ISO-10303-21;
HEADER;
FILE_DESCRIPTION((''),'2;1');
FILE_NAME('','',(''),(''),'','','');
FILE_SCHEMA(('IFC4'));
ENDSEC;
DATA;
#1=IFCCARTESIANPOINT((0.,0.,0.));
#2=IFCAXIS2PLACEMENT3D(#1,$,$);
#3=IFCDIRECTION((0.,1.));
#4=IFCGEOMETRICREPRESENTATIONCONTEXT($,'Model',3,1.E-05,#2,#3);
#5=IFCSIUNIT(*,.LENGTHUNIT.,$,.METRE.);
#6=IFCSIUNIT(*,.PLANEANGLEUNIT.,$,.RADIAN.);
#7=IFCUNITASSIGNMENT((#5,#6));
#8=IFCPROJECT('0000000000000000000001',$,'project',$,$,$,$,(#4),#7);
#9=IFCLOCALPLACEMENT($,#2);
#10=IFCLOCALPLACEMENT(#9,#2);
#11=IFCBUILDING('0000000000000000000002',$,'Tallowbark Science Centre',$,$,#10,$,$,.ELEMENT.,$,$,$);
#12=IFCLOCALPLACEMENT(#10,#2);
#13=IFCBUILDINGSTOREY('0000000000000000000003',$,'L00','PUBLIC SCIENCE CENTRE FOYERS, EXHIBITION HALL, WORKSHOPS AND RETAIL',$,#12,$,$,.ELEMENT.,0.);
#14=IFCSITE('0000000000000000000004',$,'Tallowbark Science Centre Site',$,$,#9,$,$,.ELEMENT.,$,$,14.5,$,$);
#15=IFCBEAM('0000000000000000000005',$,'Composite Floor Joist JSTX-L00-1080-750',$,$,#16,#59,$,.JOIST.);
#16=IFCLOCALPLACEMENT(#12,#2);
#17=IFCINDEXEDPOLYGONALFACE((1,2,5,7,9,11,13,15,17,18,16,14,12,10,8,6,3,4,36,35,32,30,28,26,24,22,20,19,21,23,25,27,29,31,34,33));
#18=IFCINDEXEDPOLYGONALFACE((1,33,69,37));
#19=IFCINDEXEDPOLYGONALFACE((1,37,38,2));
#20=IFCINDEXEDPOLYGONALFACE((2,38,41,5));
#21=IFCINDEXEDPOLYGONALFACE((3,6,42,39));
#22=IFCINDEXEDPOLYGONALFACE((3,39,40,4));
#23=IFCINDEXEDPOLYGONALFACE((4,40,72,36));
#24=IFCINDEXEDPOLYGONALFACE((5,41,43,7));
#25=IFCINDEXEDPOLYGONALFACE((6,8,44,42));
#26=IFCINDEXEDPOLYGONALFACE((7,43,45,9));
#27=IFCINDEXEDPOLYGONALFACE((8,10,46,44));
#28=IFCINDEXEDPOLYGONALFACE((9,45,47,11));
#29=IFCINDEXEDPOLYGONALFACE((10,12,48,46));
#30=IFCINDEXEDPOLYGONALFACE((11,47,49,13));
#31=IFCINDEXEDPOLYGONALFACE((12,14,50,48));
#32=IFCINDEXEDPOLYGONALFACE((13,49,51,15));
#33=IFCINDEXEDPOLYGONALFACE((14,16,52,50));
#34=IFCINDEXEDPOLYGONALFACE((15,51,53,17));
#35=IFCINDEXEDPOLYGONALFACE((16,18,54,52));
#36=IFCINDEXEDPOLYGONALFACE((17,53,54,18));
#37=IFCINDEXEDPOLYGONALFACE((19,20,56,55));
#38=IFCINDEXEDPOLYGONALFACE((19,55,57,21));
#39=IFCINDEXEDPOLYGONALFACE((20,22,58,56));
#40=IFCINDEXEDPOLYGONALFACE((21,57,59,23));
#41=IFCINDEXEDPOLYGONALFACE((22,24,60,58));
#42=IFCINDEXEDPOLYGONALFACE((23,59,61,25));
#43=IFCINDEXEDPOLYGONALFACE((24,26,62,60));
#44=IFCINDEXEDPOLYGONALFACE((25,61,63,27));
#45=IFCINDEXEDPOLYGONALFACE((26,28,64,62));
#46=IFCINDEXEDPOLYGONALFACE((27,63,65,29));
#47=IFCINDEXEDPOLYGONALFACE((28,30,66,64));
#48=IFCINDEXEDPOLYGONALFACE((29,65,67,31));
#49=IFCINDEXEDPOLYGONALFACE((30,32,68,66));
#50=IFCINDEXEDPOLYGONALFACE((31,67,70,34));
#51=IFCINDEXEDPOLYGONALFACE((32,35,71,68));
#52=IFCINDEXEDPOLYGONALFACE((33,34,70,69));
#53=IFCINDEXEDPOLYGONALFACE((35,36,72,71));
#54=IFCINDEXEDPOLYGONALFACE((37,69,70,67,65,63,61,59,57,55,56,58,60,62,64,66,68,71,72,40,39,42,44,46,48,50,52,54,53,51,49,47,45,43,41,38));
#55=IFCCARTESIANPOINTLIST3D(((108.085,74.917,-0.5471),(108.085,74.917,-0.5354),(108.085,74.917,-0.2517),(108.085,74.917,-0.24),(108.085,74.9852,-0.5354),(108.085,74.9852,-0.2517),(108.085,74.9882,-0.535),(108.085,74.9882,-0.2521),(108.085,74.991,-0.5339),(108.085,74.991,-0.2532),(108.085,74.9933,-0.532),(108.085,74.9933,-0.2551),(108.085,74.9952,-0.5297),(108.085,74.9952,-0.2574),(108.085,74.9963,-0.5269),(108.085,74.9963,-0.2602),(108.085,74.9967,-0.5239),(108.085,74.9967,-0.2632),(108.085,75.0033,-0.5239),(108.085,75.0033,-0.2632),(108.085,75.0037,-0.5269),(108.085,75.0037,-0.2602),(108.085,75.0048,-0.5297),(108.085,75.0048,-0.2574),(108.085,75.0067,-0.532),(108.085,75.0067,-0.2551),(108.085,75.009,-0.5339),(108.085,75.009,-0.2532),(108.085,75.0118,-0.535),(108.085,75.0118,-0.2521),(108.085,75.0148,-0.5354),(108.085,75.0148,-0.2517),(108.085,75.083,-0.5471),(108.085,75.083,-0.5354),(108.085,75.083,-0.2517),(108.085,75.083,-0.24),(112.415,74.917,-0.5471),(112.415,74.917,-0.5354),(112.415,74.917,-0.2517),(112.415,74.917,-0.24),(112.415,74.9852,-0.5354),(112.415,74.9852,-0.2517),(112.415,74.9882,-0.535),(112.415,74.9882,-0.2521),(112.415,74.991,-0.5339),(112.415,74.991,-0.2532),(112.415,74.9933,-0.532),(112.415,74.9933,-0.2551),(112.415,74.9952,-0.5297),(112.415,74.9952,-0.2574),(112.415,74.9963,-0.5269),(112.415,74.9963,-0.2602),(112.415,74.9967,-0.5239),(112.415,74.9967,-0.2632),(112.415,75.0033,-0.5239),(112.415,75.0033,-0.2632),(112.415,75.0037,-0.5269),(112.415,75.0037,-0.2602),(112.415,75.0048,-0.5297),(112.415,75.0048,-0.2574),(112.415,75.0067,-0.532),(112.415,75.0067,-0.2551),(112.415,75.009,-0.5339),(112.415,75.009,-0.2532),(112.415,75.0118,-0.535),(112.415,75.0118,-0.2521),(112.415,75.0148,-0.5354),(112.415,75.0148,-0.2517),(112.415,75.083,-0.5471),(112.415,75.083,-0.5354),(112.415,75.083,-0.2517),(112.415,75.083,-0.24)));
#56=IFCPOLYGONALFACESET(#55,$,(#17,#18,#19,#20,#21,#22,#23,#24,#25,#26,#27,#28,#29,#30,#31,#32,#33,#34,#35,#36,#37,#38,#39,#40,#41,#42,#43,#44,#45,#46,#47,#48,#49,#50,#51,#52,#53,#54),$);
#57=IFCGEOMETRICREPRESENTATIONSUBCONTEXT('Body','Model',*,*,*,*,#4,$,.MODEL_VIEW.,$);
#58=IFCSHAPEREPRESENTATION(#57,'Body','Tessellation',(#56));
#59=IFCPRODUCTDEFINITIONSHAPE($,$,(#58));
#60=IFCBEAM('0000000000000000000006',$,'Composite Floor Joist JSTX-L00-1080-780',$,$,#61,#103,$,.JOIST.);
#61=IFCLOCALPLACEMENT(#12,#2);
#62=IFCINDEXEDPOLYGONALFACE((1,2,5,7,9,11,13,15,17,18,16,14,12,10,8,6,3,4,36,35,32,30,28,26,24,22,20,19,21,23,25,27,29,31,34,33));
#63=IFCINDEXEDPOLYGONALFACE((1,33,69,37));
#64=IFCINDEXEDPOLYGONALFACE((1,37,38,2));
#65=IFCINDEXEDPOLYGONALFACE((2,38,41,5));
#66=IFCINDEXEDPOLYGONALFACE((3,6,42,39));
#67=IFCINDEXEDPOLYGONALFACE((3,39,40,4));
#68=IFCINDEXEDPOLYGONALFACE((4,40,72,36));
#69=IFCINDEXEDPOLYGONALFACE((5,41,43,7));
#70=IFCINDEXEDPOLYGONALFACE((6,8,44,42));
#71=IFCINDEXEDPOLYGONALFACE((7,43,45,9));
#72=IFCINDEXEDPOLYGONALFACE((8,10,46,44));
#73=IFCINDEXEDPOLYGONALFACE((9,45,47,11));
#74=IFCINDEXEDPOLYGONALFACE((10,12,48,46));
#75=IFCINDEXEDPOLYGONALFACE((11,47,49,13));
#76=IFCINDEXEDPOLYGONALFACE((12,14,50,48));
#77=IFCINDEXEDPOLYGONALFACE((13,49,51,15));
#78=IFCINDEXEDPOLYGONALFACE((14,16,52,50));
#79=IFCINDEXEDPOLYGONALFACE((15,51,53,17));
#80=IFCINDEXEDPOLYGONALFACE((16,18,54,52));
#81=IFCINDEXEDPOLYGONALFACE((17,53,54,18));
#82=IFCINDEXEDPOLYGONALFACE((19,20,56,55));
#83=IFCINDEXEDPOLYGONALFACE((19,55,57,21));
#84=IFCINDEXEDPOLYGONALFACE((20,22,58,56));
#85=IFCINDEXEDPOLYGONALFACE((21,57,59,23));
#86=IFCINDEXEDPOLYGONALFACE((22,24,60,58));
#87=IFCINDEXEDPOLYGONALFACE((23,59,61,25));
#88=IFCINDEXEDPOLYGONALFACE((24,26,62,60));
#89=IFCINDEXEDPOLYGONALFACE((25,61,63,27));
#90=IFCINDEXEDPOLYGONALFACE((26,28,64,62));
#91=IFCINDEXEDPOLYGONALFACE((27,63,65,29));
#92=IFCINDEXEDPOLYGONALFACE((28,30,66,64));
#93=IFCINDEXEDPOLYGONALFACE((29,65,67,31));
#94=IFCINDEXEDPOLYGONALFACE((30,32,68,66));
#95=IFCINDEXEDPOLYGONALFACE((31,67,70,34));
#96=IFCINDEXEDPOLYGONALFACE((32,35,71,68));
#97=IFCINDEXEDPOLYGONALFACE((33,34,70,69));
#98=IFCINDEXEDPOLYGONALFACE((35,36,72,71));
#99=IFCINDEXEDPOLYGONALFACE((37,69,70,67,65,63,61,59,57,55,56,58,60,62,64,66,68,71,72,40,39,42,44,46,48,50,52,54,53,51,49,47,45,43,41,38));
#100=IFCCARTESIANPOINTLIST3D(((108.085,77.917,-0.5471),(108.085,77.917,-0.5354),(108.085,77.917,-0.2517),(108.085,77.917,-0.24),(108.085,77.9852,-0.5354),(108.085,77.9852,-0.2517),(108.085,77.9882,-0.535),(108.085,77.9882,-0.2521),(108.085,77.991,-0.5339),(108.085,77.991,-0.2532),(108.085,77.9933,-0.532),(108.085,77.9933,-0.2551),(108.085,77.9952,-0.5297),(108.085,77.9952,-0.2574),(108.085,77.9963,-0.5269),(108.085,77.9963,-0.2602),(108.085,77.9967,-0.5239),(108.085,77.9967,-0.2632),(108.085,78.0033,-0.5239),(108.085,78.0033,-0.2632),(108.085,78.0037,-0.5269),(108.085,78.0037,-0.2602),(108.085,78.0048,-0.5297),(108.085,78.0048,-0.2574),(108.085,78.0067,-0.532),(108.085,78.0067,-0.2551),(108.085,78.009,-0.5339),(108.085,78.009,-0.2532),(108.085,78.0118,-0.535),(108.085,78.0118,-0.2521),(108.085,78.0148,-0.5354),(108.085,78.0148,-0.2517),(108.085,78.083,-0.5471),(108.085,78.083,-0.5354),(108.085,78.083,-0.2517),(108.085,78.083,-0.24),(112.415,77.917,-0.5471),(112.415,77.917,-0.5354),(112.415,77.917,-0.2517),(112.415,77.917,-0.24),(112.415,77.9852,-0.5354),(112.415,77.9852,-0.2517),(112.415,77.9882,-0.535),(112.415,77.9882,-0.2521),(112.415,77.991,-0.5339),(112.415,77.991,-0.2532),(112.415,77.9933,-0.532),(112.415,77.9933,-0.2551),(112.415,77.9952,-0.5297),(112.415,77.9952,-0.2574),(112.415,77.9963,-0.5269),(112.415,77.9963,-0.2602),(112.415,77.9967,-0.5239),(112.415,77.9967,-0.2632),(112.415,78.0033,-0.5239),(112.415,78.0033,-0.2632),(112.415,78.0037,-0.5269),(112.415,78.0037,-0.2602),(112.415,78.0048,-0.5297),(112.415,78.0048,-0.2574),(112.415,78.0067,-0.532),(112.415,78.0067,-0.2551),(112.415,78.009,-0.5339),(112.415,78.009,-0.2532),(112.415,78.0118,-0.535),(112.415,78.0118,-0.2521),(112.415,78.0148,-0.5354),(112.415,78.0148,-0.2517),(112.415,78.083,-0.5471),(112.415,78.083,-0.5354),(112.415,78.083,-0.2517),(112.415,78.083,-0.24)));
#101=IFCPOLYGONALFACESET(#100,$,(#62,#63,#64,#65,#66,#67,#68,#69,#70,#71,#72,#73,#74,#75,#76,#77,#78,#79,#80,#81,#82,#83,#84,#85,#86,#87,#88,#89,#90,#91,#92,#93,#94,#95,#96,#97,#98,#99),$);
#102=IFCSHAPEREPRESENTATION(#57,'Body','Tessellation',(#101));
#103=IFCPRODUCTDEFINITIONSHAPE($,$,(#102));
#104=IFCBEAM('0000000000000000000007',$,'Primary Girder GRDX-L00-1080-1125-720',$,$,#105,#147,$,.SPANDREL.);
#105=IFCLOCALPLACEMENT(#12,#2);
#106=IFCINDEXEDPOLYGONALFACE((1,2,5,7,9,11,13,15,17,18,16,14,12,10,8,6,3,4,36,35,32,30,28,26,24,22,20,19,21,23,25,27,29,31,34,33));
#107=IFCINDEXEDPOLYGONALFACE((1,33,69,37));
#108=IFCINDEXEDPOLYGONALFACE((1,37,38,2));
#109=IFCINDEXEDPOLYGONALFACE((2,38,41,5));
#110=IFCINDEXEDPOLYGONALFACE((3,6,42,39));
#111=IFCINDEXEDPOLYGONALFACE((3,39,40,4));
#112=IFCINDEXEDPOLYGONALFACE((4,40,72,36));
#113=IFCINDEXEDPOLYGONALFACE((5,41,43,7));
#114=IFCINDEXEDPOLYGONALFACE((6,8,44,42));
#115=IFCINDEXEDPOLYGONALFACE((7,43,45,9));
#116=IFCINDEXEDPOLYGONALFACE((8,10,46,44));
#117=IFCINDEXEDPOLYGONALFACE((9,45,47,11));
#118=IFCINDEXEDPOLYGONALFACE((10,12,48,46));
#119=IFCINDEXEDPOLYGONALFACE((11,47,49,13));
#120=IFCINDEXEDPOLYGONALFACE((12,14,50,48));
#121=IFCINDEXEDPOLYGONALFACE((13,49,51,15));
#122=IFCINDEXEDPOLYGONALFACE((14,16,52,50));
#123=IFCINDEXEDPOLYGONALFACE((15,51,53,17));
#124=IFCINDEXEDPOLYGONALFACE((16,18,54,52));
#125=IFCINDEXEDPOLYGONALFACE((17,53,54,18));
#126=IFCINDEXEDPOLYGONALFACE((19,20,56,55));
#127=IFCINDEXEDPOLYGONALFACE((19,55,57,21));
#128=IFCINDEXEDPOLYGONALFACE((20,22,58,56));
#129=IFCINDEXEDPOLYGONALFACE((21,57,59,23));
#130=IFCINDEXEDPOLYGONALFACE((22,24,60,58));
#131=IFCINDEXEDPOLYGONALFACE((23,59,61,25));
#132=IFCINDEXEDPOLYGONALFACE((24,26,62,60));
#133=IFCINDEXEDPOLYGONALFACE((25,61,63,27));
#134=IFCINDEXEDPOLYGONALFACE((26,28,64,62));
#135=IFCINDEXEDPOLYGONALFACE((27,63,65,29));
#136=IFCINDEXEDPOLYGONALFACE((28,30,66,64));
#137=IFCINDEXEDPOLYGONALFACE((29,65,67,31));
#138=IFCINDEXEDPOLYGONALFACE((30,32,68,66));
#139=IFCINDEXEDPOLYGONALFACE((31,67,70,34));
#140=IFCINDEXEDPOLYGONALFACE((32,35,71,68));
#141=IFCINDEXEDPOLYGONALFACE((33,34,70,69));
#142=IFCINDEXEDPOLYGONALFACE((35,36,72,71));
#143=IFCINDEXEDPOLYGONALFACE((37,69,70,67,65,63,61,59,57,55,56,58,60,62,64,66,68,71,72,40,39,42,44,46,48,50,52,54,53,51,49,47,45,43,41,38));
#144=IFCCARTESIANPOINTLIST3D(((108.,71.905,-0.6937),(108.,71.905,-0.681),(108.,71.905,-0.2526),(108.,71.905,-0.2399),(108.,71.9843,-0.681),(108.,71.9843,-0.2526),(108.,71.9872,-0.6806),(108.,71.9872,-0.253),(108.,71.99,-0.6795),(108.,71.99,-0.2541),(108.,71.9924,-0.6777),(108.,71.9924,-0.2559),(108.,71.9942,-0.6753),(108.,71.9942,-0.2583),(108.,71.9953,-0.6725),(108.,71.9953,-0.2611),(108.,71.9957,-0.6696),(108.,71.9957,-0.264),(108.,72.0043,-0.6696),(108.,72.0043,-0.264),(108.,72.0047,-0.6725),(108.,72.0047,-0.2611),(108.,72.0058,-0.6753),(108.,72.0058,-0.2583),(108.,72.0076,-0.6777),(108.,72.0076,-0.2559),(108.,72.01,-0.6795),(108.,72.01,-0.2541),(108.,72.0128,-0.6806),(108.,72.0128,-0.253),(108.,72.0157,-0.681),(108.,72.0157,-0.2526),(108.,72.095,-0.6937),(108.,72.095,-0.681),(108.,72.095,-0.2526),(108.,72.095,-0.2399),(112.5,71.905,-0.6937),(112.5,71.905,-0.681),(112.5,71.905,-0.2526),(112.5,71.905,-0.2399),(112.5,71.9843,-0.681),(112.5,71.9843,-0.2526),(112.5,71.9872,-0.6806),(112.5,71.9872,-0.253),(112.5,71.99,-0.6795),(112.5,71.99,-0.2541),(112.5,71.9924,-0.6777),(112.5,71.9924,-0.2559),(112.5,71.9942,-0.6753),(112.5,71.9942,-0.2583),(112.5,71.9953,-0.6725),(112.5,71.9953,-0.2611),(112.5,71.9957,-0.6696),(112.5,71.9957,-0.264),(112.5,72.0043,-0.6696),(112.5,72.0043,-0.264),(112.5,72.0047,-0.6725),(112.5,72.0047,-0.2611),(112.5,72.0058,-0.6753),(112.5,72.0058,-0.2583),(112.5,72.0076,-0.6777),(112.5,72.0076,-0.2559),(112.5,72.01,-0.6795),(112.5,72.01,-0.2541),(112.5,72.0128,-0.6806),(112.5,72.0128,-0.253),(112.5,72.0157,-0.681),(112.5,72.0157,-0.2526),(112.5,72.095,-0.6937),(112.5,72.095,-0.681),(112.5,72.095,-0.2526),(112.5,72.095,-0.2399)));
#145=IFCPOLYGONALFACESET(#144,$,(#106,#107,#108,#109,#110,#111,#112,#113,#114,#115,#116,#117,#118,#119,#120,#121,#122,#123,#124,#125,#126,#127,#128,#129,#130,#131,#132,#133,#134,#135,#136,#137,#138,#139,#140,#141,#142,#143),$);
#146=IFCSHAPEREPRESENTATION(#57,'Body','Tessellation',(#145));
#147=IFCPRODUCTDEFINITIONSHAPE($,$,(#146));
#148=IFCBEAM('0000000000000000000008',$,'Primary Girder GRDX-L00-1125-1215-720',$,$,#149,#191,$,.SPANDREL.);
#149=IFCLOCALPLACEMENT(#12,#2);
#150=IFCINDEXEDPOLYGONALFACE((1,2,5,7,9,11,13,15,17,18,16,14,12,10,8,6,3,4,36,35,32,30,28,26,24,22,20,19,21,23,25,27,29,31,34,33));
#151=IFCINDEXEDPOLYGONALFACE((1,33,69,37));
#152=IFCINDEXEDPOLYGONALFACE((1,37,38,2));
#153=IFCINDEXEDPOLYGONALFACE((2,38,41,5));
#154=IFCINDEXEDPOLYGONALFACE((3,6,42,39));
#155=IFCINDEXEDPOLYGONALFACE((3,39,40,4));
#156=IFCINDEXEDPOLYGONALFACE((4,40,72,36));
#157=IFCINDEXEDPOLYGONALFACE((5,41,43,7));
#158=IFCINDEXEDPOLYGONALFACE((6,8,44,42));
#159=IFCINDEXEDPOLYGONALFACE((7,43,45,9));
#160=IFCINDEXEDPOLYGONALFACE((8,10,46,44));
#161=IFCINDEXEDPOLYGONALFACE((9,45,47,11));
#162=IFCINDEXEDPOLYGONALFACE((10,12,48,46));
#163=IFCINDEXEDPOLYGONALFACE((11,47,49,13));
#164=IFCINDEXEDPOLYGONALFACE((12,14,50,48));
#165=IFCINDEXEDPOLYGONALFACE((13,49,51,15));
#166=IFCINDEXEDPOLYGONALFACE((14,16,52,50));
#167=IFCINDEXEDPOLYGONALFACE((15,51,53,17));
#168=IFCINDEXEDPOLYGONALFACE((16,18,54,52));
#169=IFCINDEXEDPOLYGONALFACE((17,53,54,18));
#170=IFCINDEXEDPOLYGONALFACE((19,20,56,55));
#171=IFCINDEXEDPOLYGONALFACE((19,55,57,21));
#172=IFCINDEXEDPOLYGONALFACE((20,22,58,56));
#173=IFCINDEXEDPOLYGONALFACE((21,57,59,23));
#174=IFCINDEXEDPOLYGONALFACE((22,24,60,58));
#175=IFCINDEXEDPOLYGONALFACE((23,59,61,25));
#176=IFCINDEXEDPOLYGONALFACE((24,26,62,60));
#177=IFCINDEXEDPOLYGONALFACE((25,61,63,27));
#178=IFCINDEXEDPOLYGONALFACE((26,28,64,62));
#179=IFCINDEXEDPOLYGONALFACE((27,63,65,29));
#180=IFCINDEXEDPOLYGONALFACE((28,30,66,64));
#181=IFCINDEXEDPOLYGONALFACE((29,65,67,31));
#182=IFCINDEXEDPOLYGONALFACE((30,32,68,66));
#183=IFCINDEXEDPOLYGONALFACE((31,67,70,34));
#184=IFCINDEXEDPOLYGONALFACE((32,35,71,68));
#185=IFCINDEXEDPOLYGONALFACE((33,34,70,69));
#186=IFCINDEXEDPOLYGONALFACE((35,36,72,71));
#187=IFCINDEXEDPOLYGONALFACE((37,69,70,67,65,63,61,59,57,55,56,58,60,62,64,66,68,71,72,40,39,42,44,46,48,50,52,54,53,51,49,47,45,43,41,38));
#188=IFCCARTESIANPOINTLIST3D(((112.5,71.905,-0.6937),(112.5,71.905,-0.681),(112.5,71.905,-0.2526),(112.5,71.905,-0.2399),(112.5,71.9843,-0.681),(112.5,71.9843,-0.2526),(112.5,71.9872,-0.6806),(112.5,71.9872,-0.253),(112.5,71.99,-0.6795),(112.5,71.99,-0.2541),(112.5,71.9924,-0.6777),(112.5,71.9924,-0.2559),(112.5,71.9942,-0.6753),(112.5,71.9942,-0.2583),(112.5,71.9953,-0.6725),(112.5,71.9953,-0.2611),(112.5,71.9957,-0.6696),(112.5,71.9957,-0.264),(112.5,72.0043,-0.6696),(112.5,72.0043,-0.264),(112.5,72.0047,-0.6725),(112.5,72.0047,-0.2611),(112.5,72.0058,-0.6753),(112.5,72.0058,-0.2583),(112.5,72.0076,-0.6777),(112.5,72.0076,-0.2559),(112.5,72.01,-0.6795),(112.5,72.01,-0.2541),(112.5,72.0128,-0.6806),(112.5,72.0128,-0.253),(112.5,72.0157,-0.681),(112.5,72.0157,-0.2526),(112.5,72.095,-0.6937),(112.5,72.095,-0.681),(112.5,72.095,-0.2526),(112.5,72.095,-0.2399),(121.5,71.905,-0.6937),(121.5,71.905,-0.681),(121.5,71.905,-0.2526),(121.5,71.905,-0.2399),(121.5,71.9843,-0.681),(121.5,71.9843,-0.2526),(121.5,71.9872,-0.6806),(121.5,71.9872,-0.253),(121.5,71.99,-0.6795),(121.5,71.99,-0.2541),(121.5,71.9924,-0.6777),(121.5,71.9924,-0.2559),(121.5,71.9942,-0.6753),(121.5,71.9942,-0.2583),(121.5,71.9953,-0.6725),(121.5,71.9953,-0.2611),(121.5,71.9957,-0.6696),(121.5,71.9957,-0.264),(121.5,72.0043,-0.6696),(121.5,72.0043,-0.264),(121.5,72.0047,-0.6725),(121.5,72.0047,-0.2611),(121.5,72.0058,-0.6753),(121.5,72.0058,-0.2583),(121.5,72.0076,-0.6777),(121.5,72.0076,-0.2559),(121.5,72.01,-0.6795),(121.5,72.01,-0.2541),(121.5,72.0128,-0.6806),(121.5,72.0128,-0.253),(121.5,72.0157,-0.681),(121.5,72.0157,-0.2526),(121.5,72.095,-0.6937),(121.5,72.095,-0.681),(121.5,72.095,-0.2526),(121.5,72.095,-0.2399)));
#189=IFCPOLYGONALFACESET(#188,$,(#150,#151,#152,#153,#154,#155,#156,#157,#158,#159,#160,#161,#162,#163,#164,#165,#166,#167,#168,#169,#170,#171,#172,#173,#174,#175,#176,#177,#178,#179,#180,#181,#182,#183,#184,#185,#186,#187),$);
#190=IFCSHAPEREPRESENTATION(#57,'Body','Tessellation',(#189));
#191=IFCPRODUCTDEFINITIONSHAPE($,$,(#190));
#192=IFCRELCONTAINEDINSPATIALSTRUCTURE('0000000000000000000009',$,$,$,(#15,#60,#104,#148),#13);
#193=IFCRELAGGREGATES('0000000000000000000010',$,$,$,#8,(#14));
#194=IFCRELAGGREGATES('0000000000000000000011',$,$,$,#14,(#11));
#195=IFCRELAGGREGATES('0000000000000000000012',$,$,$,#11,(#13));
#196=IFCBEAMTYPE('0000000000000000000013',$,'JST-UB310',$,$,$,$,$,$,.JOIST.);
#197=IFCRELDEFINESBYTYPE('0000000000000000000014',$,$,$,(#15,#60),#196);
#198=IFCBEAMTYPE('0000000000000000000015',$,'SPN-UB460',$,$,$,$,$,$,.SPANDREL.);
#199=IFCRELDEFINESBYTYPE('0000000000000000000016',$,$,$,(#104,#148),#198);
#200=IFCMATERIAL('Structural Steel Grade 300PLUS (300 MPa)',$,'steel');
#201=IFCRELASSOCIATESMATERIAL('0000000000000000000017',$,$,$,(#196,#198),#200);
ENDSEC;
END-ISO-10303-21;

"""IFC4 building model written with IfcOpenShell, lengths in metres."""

from ifc_helpers import new_model, si_unit, direction, frame, origin, origin_2d, place, context, subcontext, project, spatial, i_section, extrude, material, material_profile, profile_set, type_object, element, save


model = new_model("IFC4")

# Units and contexts
model_context = context("Model", 3, precision=1e-05, world=origin(), true_north=direction((0.0, 1.0)))
body_context = subcontext(model_context, "Body", "Model", "MODEL_VIEW")
ifc_project = project(units=[si_unit("LENGTHUNIT", "METRE"), si_unit("PLANEANGLEUNIT", "RADIAN")], contexts=[model_context])

# Site, building, storey
site_placement = place(None, origin())
site = spatial("IfcSite", under=ifc_project, at=site_placement, Name="Tallowbark Science Centre Site", CompositionType="ELEMENT", RefElevation=14.5)
building_placement = place(site_placement, origin())
building = spatial("IfcBuilding", under=site, at=building_placement, Name="Tallowbark Science Centre", CompositionType="ELEMENT")
storey_placement = place(building_placement, origin())
storey = spatial("IfcBuildingStorey", under=building, at=storey_placement, Name="L00", Description="PUBLIC SCIENCE CENTRE FOYERS, EXHIBITION HALL, WORKSHOPS AND RETAIL", CompositionType="ELEMENT", Elevation=0.0)

# Shared definitions
ifc_material_1 = material(Name="Structural Steel Grade 300PLUS (300 MPa)", Category="steel")

# Beams
ifc_material_profile_1 = material_profile(ifc_material_1, i_section(OverallWidth=0.166, OverallDepth=0.3071, WebThickness=0.0066, FlangeThickness=0.0117, FilletRadius=0.0115, at=origin_2d()), Name="310UB46.2")
ifc_profile_set_1 = profile_set([ifc_material_profile_1], Name="Structural Steel Grade 300PLUS (300 MPa)")
beam_type_1 = type_object("IfcBeamType", Name="JST-UB310", PredefinedType="JOIST", material=ifc_profile_set_1)
for number, where, z_axis, x_axis, name in (
    (1, (108.085, 75.0, -0.3936), (1.0, 0.0, 0.0), (0.0, 1.0, 0.0), "Composite Floor Joist JSTX-L00-1080-750"),
    (2, (108.085, 78.0, -0.3936), (1.0, 0.0, 0.0), (0.0, 1.0, 0.0), "Composite Floor Joist JSTX-L00-1080-780"),
):
    element("IfcBeam", number, at=place(storey_placement, frame(where, z_axis=z_axis, x_axis=x_axis)), inside=storey, type_object=beam_type_1, Name=name, PredefinedType="JOIST", context=body_context, shape_type="SweptSolid", body=[
        extrude(i_section(OverallWidth=0.166, OverallDepth=0.3071, WebThickness=0.0066, FlangeThickness=0.0117, FilletRadius=0.0115, at=origin_2d()), origin(), (0.0, 0.0, 1.0), 4.3301),
    ])
ifc_material_profile_2 = material_profile(ifc_material_1, i_section(OverallWidth=0.1899, OverallDepth=0.4539, WebThickness=0.0085, FlangeThickness=0.0127, FilletRadius=0.0115, at=origin_2d()), Name="460UB67.1")
ifc_profile_set_2 = profile_set([ifc_material_profile_2], Name="Structural Steel Grade 300PLUS (300 MPa)")
beam_type_2 = type_object("IfcBeamType", Name="SPN-UB460", PredefinedType="SPANDREL", material=ifc_profile_set_2)
beam_1_placement = place(storey_placement, frame((108.0, 72.0, -0.4668), z_axis=(1.0, 0.0, 0.0), x_axis=(0.0, 1.0, 0.0)))
element("IfcBeam", 3, at=beam_1_placement, inside=storey, type_object=beam_type_2, Name="Primary Girder GRDX-L00-1080-1125-720", PredefinedType="SPANDREL", context=body_context, shape_type="SweptSolid", body=[
    extrude(i_section(OverallWidth=0.1899, OverallDepth=0.4539, WebThickness=0.0085, FlangeThickness=0.0127, FilletRadius=0.0115, at=origin_2d()), origin(), (0.0, 0.0, 1.0), 4.5),
])
for number, where, z_axis, x_axis, name in (
    (4, (112.5, 72.0, -0.4668), (1.0, 0.0, 0.0), (0.0, 1.0, 0.0), "Primary Girder GRDX-L00-1125-1215-720"),
):
    element("IfcBeam", number, at=place(storey_placement, frame(where, z_axis=z_axis, x_axis=x_axis)), inside=storey, type_object=beam_type_2, Name=name, PredefinedType="SPANDREL", context=body_context, shape_type="SweptSolid", body=[
        extrude(i_section(OverallWidth=0.1899, OverallDepth=0.4539, WebThickness=0.0085, FlangeThickness=0.0127, FilletRadius=0.0115, at=origin_2d()), origin(), (0.0, 0.0, 1.0), 9.0),
    ])

save(model, "model.ifc")
